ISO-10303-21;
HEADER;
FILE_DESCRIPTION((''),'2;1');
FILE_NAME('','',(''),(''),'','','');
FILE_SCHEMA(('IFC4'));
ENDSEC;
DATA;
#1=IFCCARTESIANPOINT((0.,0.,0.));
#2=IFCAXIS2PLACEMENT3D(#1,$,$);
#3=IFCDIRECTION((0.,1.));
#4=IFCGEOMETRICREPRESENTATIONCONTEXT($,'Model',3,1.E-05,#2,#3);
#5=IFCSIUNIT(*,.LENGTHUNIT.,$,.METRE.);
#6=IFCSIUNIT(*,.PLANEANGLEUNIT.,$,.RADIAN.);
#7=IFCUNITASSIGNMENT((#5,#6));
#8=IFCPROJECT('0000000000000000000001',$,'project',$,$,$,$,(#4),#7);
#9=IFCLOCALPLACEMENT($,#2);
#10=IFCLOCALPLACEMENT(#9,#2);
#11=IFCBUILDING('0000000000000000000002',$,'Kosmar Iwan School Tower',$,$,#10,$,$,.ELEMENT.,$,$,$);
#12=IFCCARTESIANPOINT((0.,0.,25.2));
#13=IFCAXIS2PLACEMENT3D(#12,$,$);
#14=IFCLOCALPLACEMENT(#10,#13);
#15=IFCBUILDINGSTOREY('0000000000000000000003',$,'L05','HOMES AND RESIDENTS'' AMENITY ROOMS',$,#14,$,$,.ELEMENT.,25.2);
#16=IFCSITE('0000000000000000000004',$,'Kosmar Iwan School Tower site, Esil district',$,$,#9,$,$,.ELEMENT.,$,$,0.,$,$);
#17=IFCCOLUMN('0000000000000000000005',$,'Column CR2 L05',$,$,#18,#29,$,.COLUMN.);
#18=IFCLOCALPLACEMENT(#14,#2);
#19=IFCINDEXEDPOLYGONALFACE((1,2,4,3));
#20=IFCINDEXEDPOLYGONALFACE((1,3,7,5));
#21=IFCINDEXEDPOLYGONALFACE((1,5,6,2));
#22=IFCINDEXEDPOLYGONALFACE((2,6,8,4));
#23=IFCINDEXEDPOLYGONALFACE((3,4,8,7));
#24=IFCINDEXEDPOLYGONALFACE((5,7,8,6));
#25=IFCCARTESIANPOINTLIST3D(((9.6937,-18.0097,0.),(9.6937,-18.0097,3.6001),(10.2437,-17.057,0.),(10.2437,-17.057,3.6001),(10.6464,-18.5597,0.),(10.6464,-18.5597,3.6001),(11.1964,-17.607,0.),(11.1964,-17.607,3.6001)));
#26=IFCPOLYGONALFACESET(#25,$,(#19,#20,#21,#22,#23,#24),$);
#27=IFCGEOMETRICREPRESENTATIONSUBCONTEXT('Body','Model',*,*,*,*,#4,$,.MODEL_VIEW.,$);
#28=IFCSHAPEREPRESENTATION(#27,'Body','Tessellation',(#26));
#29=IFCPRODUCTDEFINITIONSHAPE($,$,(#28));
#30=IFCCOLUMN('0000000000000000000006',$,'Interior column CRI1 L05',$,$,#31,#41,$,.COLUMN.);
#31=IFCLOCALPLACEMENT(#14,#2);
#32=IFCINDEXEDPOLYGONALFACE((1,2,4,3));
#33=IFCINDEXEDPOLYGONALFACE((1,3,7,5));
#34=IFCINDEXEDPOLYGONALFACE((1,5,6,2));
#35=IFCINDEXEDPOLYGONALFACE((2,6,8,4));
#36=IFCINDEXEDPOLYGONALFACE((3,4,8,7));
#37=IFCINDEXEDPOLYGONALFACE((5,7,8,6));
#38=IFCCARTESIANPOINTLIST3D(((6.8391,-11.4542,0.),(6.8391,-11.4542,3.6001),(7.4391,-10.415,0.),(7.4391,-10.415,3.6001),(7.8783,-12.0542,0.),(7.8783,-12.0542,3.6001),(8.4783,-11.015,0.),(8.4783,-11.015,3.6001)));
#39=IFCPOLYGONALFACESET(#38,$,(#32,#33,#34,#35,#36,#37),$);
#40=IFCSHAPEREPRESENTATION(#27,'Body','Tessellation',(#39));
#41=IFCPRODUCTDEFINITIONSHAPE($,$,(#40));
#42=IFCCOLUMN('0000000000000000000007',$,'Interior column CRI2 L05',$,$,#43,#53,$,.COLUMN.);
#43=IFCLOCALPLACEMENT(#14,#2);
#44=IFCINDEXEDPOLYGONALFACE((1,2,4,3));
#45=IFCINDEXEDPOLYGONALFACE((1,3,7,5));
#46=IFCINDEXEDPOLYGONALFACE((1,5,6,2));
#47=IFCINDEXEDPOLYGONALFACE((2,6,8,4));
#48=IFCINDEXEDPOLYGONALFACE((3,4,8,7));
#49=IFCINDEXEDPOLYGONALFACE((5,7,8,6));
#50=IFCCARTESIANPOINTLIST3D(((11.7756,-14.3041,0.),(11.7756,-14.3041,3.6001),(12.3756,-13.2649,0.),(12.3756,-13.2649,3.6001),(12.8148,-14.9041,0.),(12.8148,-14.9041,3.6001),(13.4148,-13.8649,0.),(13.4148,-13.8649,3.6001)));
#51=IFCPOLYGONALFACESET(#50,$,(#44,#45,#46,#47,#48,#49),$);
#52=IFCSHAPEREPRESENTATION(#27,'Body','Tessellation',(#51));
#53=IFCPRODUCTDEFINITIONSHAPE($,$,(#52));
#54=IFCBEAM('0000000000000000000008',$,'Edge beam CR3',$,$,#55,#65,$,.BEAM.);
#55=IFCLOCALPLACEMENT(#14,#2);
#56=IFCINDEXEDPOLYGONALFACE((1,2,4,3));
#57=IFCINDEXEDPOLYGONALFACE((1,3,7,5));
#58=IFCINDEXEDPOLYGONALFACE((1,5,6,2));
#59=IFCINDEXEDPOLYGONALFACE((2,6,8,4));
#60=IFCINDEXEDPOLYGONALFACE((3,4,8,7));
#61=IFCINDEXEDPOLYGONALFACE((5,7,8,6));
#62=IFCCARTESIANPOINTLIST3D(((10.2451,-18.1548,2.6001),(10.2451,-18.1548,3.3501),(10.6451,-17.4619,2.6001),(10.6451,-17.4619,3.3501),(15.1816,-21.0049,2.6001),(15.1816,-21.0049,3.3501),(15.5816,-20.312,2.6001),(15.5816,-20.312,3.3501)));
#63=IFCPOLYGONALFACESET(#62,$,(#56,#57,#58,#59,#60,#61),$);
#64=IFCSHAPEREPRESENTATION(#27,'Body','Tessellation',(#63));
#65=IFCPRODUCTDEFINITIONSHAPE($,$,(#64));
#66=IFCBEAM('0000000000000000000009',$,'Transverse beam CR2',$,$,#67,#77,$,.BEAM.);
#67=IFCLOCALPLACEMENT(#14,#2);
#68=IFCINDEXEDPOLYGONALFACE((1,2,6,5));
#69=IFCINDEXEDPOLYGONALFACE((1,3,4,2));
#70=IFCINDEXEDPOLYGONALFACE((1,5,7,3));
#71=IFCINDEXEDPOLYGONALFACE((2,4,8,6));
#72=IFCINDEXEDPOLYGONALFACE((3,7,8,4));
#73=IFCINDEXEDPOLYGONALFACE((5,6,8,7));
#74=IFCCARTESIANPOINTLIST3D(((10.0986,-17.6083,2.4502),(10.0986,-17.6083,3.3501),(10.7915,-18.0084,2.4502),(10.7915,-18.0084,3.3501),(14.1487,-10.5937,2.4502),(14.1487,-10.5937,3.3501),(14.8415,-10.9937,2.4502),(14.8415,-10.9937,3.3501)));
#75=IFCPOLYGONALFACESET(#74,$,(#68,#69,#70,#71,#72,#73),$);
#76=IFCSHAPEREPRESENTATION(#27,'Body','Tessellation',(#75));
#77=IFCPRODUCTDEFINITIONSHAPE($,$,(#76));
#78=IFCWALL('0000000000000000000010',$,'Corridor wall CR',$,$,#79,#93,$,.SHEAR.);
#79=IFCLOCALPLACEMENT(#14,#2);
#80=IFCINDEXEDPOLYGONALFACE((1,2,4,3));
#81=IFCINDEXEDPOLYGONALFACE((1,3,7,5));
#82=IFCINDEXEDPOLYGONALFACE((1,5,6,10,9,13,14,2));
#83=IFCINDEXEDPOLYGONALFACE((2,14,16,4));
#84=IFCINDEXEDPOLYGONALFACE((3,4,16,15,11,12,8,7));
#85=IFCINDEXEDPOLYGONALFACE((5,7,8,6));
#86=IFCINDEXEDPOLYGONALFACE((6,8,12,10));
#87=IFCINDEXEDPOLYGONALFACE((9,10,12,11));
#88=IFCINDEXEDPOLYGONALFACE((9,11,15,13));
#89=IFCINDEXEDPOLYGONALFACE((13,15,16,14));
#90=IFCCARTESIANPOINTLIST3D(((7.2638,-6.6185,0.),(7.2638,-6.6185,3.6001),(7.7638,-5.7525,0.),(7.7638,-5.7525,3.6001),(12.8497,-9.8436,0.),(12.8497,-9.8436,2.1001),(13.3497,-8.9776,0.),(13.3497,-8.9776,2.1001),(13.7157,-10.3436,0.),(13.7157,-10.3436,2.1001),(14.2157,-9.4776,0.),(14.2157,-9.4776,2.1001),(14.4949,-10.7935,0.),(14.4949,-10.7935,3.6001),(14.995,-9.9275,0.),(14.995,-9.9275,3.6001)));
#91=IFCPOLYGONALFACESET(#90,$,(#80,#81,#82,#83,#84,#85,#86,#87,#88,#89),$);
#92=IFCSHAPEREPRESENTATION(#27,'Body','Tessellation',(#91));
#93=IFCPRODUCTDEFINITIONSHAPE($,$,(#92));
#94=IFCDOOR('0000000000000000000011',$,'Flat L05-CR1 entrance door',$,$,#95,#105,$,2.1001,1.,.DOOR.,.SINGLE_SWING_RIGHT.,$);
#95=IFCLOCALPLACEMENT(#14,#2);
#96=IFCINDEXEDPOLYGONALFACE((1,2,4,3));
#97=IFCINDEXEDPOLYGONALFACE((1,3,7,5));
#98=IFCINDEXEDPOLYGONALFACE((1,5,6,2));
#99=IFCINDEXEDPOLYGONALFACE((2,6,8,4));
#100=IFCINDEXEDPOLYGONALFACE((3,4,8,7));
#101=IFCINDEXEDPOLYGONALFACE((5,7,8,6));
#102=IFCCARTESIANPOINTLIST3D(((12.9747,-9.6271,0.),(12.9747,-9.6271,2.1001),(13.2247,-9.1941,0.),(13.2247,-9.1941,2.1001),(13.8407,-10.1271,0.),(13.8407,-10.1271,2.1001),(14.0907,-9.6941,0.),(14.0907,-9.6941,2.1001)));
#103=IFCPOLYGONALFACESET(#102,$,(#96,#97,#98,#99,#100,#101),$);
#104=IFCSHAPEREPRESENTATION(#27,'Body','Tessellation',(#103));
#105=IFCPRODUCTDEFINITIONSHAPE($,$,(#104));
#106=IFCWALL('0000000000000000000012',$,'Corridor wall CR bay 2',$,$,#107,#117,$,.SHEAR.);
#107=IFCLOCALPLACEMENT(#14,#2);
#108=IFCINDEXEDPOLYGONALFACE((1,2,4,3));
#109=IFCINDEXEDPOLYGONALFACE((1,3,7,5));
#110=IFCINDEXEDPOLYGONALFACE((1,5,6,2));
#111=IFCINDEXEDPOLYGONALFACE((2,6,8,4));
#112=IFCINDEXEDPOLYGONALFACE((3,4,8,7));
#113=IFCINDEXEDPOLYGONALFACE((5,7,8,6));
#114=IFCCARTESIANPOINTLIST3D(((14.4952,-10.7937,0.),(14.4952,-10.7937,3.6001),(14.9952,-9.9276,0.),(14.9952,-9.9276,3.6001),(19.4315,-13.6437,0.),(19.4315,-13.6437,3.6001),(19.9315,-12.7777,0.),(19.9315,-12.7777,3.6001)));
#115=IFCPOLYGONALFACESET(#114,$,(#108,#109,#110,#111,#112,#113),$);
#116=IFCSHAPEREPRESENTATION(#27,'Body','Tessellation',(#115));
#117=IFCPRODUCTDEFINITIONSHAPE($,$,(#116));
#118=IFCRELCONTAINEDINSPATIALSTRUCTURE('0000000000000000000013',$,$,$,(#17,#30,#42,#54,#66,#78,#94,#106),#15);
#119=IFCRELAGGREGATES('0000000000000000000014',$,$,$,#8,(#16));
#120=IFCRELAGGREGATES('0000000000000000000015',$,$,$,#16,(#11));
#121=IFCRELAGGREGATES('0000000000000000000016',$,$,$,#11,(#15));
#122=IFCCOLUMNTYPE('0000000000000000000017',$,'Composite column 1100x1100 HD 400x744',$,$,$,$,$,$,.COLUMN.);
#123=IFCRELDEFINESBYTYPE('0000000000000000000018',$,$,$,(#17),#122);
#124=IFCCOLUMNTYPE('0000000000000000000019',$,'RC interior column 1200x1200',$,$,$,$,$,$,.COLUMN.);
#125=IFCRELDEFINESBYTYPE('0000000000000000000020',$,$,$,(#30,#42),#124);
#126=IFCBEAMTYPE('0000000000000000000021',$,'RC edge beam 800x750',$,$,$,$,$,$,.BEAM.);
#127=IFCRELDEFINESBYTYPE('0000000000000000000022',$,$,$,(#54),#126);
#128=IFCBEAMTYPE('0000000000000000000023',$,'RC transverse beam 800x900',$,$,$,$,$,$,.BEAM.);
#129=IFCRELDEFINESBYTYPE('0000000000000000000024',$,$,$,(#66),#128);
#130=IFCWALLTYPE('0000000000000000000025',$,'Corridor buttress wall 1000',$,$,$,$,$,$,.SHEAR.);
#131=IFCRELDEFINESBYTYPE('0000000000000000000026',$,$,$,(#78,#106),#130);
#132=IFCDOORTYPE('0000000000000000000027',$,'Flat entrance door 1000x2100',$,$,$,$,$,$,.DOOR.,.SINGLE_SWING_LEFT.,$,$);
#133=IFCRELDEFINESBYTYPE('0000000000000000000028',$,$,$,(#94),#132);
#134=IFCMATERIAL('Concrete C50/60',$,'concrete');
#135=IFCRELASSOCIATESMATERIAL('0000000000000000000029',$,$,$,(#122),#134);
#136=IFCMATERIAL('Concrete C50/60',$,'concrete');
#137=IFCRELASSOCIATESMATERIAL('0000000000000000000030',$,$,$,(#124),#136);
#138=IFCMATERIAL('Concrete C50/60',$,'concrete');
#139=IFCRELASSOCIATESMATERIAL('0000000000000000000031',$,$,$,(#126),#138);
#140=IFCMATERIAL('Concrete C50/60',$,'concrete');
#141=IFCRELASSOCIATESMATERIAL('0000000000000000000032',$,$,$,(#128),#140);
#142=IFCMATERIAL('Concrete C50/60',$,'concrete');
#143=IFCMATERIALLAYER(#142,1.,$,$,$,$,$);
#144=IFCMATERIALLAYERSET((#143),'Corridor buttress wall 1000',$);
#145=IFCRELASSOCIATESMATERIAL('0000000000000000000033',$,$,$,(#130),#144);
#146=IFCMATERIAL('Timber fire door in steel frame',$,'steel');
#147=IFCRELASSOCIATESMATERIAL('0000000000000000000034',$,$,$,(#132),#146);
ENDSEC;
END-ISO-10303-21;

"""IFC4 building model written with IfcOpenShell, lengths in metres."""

from ifc_helpers import new_model, si_unit, direction, frame, frame_2d, origin, origin_2d, place, context, subcontext, project, spatial, rectangle, extrude, material, layer, layer_set, material_profile, profile_set, type_object, element, fill, save


model = new_model("IFC4")

# Units and contexts
model_context = context("Model", 3, precision=1e-05, world=origin(), true_north=direction((0.0, 1.0)))
body_context = subcontext(model_context, "Body", "Model", "MODEL_VIEW")
ifc_project = project(units=[si_unit("LENGTHUNIT", "METRE"), si_unit("PLANEANGLEUNIT", "RADIAN")], contexts=[model_context])

# Site, building, storey
site_placement = place(None, origin())
site = spatial("IfcSite", under=ifc_project, at=site_placement, Name="Kosmar Iwan School Tower site, Esil district", CompositionType="ELEMENT", RefElevation=0.0)
building_placement = place(site_placement, origin())
building = spatial("IfcBuilding", under=site, at=building_placement, Name="Kosmar Iwan School Tower", CompositionType="ELEMENT")
storey_placement = place(building_placement, frame((0.0, 0.0, 25.2)))
storey = spatial("IfcBuildingStorey", under=building, at=storey_placement, Name="L05", Description="HOMES AND RESIDENTS' AMENITY ROOMS", CompositionType="ELEMENT", Elevation=25.2)

# Columns
ifc_material_1 = material(Name="Concrete C50/60", Category="concrete")
ifc_material_profile_1 = material_profile(ifc_material_1, rectangle(XDim=1.1001, YDim=1.1001, at=origin_2d()), Name="RC 1100x1100 + HD 400x744")
ifc_profile_set_1 = profile_set([ifc_material_profile_1], Name="Concrete C50/60")
column_type_1 = type_object("IfcColumnType", Name="Composite column 1100x1100 HD 400x744", PredefinedType="COLUMN", material=ifc_profile_set_1)
column_placement = place(storey_placement, frame((10.4451, -17.8083, 0.0), z_axis=(0.0, 0.0, 1.0), x_axis=(0.866025, -0.5, 0.0)))
element("IfcColumn", 1, at=column_placement, inside=storey, type_object=column_type_1, Name="Column CR2 L05", PredefinedType="COLUMN", context=body_context, shape_type="SweptSolid", body=[
    extrude(rectangle(XDim=1.1001, YDim=1.1001, at=origin_2d()), origin(), (0.0, 0.0, 1.0), 3.6001),
])
ifc_material_2 = material(Name="Concrete C50/60", Category="concrete")
ifc_material_profile_2 = material_profile(ifc_material_2, rectangle(XDim=1.2, YDim=1.2, at=origin_2d()), Name="RC 1200x1200")
ifc_profile_set_2 = profile_set([ifc_material_profile_2], Name="Concrete C50/60")
column_type_2 = type_object("IfcColumnType", Name="RC interior column 1200x1200", PredefinedType="COLUMN", material=ifc_profile_set_2)
for number, where, z_axis, x_axis, name in (
    (2, (7.6587, -11.2346, 0.0), (0.0, 0.0, 1.0), (0.866025, -0.5, 0.0), "Interior column CRI1 L05"),
    (3, (12.5952, -14.0845, 0.0), (0.0, 0.0, 1.0), (0.866025, -0.5, 0.0), "Interior column CRI2 L05"),
):
    element("IfcColumn", number, at=place(storey_placement, frame(where, z_axis=z_axis, x_axis=x_axis)), inside=storey, type_object=column_type_2, Name=name, PredefinedType="COLUMN", context=body_context, shape_type="SweptSolid", body=[
        extrude(rectangle(XDim=1.2, YDim=1.2, at=origin_2d()), origin(), (0.0, 0.0, 1.0), 3.6001),
    ])

# Beams
ifc_material_3 = material(Name="Concrete C50/60", Category="concrete")
ifc_material_profile_3 = material_profile(ifc_material_3, rectangle(XDim=0.8, YDim=0.75, at=origin_2d()), Name="RC 800x750")
ifc_profile_set_3 = profile_set([ifc_material_profile_3], Name="Concrete C50/60")
beam_type_1 = type_object("IfcBeamType", Name="RC edge beam 800x750", PredefinedType="BEAM", material=ifc_profile_set_3)
beam_1_placement = place(storey_placement, frame((10.4451, -17.8083, 2.9751), z_axis=(0.866026, -0.499999, 0.0), x_axis=(0.499999, 0.866026, 0.0)))
element("IfcBeam", 4, at=beam_1_placement, inside=storey, type_object=beam_type_1, Name="Edge beam CR3", PredefinedType="BEAM", context=body_context, shape_type="SweptSolid", body=[
    extrude(rectangle(XDim=0.8, YDim=0.75, at=origin_2d()), origin(), (0.0, 0.0, 1.0), 5.7002),
])
ifc_material_4 = material(Name="Concrete C50/60", Category="concrete")
ifc_material_profile_4 = material_profile(ifc_material_4, rectangle(XDim=0.8, YDim=0.8999, at=origin_2d()), Name="RC 800x900")
ifc_profile_set_4 = profile_set([ifc_material_profile_4], Name="Concrete C50/60")
beam_type_2 = type_object("IfcBeamType", Name="RC transverse beam 800x900", PredefinedType="BEAM", material=ifc_profile_set_4)
beam_2_placement = place(storey_placement, frame((10.4451, -17.8083, 2.9001), z_axis=(0.500013, 0.866018, 0.0), x_axis=(-0.866018, 0.500013, 0.0)))
element("IfcBeam", 5, at=beam_2_placement, inside=storey, type_object=beam_type_2, Name="Transverse beam CR2", PredefinedType="BEAM", context=body_context, shape_type="SweptSolid", body=[
    extrude(rectangle(XDim=0.8, YDim=0.8999, at=origin_2d()), origin(), (0.0, 0.0, 1.0), 8.0999),
])

# Wall, opening, door
ifc_material_5 = material(Name="Concrete C50/60", Category="concrete")
ifc_layer_1 = layer(ifc_material_5, 1.0)
ifc_layer_set_1 = layer_set([ifc_layer_1], Name="Corridor buttress wall 1000")
wall_type_1 = type_object("IfcWallType", Name="Corridor buttress wall 1000", PredefinedType="SHEAR", material=ifc_layer_set_1)
wall_1_placement = place(storey_placement, frame((7.5139, -6.1855, 0.0), z_axis=(0.0, 0.0, 1.0), x_axis=(0.86602, -0.50001, 0.0)))
wall_1 = element("IfcWall", 6, at=wall_1_placement, inside=storey, type_object=wall_type_1, Name="Corridor wall CR", PredefinedType="SHEAR", context=body_context, shape_type="SweptSolid", body=[
    extrude(rectangle(XDim=8.3499, YDim=1.0, at=frame_2d((4.1748, 0.0))), origin(), (0.0, 0.0, 1.0), 3.6001),
])
opening_1_placement = place(wall_1_placement, frame((6.45, 0.0, 0.0)))
opening_1 = element("IfcOpeningElement", 7, at=opening_1_placement, cuts=wall_1, PredefinedType="OPENING", context=body_context, shape_type="SweptSolid", body=[
    extrude(rectangle(XDim=1.0, YDim=2.1001, at=frame_2d((0.5, 1.05))), frame((0.0, 0.512, 0.0), z_axis=(0.0, -1.0, 0.0), x_axis=(1.0, 0.0, 0.0)), (0.0, 0.0, 1.0), 1.0239),
])
ifc_material_6 = material(Name="Timber fire door in steel frame", Category="steel")
door_type_1 = type_object("IfcDoorType", Name="Flat entrance door 1000x2100", OperationType="SINGLE_SWING_LEFT", PredefinedType="DOOR", material=ifc_material_6)
door_1_placement = place(opening_1_placement, origin())
door_1 = element("IfcDoor", 8, at=door_1_placement, inside=storey, type_object=door_type_1, Name="Flat L05-CR1 entrance door", OperationType="SINGLE_SWING_RIGHT", OverallHeight=2.1001, OverallWidth=1.0, PredefinedType="DOOR", context=body_context, shape_type="SweptSolid", body=[
    extrude(rectangle(XDim=1.0, YDim=2.1001, at=frame_2d((0.5, 1.05))), frame((0.0, 0.25, 0.0), z_axis=(0.0, -1.0, 0.0), x_axis=(1.0, 0.0, 0.0)), (0.0, 0.0, 1.0), 0.5),
])
fill(opening_1, door_1)

# Wall
wall_2_placement = place(storey_placement, frame((14.7451, -10.3606, 0.0), z_axis=(0.0, 0.0, 1.0), x_axis=(0.866015, -0.500018, 0.0)))
element("IfcWall", 9, at=wall_2_placement, inside=storey, type_object=wall_type_1, Name="Corridor wall CR bay 2", PredefinedType="SHEAR", context=body_context, shape_type="SweptSolid", body=[
    extrude(rectangle(XDim=5.7, YDim=1.0, at=frame_2d((2.8501, 0.0))), origin(), (0.0, 0.0, 1.0), 3.6001),
])

save(model, "model.ifc")
